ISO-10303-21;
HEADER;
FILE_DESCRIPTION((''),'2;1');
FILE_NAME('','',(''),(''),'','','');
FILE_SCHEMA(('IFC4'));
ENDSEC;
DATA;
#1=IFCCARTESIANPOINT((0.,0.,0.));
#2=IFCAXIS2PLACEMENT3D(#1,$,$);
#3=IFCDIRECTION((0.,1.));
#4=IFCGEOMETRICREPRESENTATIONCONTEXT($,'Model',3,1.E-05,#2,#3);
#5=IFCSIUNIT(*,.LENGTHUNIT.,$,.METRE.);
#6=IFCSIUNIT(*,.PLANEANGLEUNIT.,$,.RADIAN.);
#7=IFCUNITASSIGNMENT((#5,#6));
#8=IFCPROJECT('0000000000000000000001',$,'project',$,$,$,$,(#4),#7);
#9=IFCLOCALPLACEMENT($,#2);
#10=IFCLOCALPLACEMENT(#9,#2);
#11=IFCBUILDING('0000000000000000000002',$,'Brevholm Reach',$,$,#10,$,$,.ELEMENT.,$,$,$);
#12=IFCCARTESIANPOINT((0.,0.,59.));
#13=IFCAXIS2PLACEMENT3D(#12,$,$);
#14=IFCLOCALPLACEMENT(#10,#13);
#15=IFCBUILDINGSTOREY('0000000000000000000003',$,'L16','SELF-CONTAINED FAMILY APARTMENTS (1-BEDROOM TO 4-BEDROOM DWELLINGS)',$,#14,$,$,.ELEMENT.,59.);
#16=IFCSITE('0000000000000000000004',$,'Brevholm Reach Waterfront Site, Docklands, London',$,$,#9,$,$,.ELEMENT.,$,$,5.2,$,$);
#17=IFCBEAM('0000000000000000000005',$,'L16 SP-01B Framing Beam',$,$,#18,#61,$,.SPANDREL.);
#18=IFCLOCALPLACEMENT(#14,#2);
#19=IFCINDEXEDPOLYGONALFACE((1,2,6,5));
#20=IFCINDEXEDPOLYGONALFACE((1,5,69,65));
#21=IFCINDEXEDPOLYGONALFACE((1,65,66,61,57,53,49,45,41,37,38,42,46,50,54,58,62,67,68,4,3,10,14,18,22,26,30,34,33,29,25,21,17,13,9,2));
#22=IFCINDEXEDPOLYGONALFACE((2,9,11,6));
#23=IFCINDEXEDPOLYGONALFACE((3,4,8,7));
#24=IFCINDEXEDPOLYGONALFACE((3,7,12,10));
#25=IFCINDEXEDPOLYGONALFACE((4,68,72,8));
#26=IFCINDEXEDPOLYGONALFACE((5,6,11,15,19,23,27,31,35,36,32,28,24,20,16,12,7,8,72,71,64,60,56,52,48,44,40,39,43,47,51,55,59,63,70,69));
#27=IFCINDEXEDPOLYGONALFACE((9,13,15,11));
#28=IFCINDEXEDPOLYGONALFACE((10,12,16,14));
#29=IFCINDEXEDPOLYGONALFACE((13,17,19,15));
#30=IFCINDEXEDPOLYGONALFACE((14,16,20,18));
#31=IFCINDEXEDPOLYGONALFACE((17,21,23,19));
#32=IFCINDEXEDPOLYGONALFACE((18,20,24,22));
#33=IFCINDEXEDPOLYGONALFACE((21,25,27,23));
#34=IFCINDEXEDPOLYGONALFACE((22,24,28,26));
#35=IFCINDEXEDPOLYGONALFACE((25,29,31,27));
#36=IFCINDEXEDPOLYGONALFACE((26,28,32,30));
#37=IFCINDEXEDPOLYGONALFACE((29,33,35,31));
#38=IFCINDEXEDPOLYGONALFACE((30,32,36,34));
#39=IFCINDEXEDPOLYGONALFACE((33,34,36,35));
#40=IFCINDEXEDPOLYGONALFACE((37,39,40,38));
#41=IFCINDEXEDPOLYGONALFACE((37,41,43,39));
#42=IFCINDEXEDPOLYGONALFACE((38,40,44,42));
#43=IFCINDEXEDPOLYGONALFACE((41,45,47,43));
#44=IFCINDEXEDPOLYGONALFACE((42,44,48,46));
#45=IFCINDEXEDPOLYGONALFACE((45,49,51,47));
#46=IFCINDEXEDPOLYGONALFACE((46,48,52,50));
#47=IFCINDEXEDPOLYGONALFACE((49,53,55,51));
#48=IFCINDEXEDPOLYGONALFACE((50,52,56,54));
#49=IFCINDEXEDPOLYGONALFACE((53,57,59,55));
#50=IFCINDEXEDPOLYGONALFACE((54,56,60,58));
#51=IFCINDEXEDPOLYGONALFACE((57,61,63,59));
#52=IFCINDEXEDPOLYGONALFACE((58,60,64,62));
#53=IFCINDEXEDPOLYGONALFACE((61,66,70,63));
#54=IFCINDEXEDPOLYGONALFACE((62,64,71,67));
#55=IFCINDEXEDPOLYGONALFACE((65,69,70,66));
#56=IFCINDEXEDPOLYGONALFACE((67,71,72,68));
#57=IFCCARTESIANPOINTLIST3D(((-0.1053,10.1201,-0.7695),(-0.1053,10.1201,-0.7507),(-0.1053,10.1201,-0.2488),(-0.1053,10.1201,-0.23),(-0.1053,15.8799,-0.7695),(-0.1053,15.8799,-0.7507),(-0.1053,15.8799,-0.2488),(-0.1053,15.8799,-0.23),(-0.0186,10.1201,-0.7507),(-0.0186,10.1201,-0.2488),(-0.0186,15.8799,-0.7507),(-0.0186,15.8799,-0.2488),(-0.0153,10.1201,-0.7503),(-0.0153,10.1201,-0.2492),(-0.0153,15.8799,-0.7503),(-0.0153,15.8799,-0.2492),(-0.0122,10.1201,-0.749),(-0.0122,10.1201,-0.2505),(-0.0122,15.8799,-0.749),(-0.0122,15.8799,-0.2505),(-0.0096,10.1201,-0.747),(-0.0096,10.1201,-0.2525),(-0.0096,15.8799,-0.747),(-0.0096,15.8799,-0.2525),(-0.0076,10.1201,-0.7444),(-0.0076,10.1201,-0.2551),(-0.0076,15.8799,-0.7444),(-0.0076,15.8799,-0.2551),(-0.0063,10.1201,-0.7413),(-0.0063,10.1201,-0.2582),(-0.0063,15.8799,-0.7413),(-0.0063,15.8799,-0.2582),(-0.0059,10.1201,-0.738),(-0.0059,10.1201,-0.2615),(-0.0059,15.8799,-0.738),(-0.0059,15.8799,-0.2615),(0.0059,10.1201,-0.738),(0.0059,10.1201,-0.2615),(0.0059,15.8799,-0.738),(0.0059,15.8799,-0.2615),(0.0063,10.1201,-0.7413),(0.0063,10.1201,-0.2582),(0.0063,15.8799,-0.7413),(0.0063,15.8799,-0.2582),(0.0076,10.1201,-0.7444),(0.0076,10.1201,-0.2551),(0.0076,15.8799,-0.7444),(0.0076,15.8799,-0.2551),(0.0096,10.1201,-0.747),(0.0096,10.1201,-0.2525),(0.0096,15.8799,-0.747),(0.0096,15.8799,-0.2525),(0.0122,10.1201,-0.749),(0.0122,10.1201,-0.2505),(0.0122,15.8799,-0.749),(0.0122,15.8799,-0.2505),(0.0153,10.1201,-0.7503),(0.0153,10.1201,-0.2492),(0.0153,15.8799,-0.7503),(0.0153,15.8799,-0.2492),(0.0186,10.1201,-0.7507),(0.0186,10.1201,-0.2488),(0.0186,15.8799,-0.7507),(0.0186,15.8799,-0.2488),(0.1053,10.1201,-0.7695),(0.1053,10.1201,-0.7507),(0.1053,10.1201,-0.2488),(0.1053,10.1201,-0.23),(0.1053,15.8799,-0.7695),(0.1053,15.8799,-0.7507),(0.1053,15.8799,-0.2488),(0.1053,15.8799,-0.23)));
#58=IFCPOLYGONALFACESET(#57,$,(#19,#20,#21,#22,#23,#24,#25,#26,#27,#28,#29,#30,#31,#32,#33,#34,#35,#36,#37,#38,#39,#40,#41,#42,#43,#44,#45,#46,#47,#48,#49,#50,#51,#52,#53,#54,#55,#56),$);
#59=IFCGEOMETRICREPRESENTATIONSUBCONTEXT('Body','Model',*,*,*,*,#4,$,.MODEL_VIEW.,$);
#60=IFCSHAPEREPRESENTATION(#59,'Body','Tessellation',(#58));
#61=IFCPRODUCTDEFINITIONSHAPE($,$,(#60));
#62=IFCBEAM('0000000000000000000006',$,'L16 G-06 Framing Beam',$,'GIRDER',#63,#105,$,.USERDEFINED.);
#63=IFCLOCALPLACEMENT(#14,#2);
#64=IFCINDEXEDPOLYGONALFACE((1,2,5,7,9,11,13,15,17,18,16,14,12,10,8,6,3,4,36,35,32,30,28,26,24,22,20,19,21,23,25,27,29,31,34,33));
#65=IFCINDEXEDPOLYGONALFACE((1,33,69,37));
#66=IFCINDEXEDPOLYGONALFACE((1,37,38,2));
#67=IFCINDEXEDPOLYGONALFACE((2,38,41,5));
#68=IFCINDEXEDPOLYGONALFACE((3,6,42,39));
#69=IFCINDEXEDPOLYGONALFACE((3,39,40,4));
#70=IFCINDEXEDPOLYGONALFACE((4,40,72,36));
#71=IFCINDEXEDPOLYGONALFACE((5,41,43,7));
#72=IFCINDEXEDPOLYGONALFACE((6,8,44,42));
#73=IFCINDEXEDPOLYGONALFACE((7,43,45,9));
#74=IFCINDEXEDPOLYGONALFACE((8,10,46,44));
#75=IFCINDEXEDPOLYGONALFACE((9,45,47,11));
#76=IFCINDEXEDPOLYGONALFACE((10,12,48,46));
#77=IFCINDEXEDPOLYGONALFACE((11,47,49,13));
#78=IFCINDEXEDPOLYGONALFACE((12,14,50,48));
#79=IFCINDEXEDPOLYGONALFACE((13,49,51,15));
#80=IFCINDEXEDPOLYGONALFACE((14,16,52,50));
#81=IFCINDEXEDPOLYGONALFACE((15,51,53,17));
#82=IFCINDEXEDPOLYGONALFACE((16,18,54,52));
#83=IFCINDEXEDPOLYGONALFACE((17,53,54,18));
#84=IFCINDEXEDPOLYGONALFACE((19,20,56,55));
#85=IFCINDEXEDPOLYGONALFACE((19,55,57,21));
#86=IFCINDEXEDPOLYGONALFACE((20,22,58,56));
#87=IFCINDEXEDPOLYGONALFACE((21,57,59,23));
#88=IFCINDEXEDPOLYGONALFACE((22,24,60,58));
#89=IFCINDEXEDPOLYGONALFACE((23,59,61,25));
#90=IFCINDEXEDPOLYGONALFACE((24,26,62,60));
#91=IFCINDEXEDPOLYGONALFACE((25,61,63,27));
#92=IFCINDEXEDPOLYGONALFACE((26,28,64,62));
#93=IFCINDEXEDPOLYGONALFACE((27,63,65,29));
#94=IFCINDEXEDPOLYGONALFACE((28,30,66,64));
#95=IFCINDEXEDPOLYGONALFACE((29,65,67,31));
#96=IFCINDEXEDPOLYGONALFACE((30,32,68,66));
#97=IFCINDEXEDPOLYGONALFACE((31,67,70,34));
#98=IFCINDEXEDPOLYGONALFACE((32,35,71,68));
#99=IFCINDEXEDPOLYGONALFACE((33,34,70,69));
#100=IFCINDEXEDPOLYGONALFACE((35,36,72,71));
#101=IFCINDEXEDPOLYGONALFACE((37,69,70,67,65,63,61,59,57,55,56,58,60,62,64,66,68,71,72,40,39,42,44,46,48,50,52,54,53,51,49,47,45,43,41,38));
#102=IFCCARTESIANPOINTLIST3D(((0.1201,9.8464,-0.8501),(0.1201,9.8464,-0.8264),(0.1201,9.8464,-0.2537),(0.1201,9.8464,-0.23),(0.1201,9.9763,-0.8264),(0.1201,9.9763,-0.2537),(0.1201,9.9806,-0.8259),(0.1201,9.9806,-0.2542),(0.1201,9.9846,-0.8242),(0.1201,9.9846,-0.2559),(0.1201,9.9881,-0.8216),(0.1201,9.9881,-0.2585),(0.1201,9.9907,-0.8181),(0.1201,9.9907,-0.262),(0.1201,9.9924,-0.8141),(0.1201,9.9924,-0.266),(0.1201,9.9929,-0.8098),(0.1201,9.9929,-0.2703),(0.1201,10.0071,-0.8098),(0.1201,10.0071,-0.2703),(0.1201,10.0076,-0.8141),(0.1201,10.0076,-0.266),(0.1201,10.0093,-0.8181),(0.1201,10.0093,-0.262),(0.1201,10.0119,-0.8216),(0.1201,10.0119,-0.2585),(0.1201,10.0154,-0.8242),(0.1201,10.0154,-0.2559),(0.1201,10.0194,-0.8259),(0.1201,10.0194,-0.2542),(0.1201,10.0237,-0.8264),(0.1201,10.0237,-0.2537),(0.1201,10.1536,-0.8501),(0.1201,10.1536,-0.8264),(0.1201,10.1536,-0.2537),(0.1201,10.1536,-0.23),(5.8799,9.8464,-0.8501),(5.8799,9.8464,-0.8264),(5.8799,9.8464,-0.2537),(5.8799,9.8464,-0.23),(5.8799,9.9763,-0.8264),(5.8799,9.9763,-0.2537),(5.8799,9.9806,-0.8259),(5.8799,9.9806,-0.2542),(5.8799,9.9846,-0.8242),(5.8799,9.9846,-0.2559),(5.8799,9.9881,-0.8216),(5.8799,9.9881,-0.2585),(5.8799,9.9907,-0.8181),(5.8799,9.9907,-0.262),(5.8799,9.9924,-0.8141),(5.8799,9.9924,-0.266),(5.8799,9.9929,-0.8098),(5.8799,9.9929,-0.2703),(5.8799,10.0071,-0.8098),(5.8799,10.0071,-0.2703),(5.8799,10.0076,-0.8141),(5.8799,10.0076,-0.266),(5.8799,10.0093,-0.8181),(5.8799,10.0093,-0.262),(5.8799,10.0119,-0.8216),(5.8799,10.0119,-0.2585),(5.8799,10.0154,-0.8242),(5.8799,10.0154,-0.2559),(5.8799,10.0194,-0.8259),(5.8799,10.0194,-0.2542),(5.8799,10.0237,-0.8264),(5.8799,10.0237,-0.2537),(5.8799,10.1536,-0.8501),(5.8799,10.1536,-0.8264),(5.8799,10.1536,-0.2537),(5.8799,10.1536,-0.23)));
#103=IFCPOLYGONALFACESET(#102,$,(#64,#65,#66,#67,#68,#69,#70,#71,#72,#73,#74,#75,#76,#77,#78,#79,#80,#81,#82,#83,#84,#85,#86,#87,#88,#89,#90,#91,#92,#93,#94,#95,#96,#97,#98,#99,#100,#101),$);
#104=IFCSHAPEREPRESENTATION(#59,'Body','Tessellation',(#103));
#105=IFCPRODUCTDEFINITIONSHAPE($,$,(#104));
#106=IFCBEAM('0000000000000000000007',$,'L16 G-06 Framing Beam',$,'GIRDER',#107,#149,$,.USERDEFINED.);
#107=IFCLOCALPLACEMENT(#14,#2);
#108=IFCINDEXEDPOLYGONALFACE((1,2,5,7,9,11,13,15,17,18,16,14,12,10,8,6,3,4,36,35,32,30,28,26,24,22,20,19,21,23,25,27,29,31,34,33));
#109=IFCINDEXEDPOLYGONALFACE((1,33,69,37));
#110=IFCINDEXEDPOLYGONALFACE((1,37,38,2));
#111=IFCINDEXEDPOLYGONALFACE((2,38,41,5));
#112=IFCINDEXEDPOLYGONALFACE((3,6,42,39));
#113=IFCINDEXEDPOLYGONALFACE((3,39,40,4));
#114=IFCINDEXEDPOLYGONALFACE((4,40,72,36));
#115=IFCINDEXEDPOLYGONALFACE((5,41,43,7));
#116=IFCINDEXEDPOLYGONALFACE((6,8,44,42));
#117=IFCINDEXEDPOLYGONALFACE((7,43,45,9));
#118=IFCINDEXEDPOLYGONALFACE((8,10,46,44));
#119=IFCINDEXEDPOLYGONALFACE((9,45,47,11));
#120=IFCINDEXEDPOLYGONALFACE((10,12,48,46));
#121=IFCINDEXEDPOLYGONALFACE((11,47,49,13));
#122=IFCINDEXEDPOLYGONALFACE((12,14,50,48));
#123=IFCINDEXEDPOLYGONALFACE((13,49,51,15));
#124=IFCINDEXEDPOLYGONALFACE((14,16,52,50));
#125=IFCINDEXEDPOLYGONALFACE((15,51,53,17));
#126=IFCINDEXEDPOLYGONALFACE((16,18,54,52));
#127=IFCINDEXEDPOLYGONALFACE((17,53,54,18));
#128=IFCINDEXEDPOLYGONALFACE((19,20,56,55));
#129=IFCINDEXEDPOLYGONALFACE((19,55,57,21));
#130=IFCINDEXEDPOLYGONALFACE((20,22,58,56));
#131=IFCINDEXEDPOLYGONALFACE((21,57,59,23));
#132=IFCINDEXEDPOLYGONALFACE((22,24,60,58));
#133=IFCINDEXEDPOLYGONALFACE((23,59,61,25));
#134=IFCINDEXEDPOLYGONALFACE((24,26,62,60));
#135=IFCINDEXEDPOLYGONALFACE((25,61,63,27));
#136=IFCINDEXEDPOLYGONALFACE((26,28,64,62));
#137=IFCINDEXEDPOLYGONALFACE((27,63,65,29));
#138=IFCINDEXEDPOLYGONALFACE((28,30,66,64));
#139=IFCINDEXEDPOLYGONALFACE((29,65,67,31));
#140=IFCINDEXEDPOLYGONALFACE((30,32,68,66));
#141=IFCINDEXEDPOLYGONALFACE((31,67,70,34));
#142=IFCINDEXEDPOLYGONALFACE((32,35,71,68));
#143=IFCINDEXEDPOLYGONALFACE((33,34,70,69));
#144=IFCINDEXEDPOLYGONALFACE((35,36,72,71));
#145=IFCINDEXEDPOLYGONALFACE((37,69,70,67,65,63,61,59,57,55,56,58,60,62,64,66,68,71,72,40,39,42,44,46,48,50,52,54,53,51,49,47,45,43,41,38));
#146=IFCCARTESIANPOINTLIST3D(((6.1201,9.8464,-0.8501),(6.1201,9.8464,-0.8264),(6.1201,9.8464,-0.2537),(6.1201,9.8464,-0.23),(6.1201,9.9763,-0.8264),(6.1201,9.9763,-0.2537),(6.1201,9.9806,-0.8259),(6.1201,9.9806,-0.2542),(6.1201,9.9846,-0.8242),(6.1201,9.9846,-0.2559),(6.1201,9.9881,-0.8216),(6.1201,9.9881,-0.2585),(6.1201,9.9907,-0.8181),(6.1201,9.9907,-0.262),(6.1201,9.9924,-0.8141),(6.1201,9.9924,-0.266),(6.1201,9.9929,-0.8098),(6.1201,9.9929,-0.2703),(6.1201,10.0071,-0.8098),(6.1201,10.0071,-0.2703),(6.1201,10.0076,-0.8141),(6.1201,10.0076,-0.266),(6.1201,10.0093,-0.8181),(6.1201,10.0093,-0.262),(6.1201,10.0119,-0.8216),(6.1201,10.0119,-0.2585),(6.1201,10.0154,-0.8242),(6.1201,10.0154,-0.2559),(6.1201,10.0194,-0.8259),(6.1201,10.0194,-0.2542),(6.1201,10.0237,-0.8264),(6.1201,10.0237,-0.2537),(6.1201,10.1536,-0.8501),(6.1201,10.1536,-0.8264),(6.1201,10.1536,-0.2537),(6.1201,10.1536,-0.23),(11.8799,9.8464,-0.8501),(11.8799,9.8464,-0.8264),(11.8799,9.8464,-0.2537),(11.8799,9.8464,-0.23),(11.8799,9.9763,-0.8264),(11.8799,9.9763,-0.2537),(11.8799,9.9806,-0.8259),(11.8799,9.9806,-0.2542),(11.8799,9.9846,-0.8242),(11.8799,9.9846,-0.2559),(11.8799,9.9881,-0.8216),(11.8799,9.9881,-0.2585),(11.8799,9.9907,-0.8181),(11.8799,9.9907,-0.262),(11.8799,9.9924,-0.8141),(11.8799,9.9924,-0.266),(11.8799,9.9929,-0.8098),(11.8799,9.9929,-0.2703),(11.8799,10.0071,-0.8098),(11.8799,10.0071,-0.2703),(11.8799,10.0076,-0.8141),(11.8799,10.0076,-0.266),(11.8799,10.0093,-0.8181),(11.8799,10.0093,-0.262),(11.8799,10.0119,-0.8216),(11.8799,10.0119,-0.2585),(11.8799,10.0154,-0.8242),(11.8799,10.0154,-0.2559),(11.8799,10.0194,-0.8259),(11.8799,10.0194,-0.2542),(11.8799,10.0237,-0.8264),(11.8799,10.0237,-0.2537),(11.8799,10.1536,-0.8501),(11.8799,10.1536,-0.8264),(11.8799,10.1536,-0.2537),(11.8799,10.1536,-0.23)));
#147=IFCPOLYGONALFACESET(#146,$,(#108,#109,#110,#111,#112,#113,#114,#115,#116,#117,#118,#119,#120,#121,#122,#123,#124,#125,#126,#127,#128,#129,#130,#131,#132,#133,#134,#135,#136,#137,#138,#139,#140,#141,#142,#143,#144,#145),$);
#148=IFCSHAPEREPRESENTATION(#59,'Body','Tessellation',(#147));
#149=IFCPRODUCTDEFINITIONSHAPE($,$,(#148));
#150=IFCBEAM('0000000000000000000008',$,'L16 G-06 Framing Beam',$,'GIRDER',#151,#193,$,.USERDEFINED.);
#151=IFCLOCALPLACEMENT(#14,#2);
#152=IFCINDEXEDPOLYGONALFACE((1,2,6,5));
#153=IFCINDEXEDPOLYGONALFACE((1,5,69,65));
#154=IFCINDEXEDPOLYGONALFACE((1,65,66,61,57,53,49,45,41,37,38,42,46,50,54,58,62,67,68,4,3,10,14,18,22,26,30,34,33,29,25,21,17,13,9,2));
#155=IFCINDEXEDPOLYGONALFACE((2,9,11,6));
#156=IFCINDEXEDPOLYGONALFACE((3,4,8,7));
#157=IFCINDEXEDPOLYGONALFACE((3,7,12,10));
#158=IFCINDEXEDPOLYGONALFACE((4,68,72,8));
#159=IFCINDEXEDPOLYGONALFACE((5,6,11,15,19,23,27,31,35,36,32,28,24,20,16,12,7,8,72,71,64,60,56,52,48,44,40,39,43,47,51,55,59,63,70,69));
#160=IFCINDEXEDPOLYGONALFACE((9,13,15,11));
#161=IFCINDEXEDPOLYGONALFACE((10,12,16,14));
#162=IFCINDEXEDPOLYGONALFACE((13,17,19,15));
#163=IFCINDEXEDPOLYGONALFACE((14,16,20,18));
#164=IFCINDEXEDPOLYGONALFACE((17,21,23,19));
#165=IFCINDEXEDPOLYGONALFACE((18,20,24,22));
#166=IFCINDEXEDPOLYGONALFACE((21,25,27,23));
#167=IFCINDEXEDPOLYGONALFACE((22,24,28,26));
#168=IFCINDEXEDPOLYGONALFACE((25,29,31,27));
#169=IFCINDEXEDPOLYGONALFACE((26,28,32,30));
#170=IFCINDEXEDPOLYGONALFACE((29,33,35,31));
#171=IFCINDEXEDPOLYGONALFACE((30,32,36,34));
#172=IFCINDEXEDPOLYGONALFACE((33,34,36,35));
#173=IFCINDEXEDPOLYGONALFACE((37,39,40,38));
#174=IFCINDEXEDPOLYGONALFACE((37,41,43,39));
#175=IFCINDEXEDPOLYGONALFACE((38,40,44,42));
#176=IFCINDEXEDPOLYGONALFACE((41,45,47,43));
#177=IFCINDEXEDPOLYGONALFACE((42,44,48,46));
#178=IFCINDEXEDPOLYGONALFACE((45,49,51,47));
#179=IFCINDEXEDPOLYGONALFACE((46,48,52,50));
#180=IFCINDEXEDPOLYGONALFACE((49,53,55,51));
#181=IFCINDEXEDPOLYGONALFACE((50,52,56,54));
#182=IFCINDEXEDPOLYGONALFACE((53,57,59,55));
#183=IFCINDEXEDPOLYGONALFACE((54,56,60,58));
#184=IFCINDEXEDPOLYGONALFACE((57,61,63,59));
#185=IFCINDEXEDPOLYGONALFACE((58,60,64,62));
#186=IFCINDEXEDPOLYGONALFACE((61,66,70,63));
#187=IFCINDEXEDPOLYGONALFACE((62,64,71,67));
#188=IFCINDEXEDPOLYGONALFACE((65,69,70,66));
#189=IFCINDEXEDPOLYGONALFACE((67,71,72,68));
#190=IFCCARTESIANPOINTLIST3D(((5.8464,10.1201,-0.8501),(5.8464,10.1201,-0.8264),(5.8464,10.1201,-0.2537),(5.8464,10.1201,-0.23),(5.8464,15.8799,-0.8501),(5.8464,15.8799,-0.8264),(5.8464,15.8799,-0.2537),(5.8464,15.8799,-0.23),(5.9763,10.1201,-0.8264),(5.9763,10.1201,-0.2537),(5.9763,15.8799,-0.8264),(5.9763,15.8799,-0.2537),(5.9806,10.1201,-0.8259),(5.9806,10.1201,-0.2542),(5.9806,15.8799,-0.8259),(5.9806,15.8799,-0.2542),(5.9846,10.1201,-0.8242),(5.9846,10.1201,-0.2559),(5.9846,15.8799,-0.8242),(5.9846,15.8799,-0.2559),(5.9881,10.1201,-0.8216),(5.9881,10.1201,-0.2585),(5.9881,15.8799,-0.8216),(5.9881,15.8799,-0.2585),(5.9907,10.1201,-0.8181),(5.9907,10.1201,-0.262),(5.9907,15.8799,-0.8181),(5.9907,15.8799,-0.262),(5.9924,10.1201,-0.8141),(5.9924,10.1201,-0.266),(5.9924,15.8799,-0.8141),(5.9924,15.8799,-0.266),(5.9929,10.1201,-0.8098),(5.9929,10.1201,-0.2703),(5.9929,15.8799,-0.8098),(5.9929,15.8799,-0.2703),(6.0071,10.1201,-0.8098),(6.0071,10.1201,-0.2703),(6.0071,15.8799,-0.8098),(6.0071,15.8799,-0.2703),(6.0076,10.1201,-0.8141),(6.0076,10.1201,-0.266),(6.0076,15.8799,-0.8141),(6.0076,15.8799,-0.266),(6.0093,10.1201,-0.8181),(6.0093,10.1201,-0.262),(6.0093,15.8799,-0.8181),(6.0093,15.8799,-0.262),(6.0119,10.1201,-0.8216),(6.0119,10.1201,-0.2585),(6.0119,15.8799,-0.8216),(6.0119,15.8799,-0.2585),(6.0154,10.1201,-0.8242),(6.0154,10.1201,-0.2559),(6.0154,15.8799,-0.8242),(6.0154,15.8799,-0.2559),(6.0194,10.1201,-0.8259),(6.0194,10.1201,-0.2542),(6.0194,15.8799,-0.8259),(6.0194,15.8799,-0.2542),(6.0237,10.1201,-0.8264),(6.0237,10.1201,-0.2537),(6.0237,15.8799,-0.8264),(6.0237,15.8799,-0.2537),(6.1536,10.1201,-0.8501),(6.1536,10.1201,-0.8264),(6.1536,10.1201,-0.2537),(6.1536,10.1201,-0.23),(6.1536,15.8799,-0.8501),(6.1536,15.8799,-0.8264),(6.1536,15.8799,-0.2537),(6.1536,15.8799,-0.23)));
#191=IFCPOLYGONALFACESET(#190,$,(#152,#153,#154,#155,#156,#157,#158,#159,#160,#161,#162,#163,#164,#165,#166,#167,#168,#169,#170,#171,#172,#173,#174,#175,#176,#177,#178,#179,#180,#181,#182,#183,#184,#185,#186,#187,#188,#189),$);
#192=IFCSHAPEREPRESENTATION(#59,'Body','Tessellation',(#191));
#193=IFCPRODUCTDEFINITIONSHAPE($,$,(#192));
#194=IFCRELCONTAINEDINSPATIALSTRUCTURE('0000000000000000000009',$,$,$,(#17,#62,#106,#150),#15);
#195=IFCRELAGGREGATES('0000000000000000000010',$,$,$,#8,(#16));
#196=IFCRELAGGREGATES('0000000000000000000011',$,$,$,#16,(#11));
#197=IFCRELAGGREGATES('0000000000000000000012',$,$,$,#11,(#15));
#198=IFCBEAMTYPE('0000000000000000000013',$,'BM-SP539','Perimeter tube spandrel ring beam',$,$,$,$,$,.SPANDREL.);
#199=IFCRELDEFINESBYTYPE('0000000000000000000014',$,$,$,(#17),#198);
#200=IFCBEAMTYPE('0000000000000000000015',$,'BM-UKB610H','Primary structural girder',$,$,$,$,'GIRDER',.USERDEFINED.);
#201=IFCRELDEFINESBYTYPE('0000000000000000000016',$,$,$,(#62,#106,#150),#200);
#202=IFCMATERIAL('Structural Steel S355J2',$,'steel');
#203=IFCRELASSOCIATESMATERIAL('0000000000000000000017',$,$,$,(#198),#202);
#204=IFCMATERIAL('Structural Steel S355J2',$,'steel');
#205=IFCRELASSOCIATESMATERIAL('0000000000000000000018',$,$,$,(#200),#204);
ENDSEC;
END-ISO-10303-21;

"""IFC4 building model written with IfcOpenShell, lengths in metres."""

from ifc_helpers import new_model, si_unit, direction, frame, origin, origin_2d, place, context, subcontext, project, spatial, i_section, extrude, material, material_profile, profile_set, type_object, element, save


model = new_model("IFC4")

# Units and contexts
model_context = context("Model", 3, precision=1e-05, world=origin(), true_north=direction((0.0, 1.0)))
body_context = subcontext(model_context, "Body", "Model", "MODEL_VIEW")
ifc_project = project(units=[si_unit("LENGTHUNIT", "METRE"), si_unit("PLANEANGLEUNIT", "RADIAN")], contexts=[model_context])

# Site, building, storey
site_placement = place(None, origin())
site = spatial("IfcSite", under=ifc_project, at=site_placement, Name="Brevholm Reach Waterfront Site, Docklands, London", CompositionType="ELEMENT", RefElevation=5.2)
building_placement = place(site_placement, origin())
building = spatial("IfcBuilding", under=site, at=building_placement, Name="Brevholm Reach", CompositionType="ELEMENT")
storey_placement = place(building_placement, frame((0.0, 0.0, 59.0)))
storey = spatial("IfcBuildingStorey", under=building, at=storey_placement, Name="L16", Description="SELF-CONTAINED FAMILY APARTMENTS (1-BEDROOM TO 4-BEDROOM DWELLINGS)", CompositionType="ELEMENT", Elevation=59.0)

# Beams
ifc_material_1 = material(Name="Structural Steel S355J2", Category="steel")
ifc_material_profile_1 = material_profile(ifc_material_1, i_section(OverallWidth=0.2107, OverallDepth=0.5396, WebThickness=0.0117, FlangeThickness=0.0188, FilletRadius=0.0127, at=origin_2d()), Name="UKB 533x210x109")
ifc_profile_set_1 = profile_set([ifc_material_profile_1], Name="Structural Steel S355J2")
beam_type_1 = type_object("IfcBeamType", Name="BM-SP539", Description="Perimeter tube spandrel ring beam", PredefinedType="SPANDREL", material=ifc_profile_set_1)
beam_placement = place(storey_placement, frame((0.0, 10.1201, -0.4998), z_axis=(0.0, 1.0, 0.0), x_axis=(-1.0, 0.0, 0.0)))
element("IfcBeam", 1, at=beam_placement, inside=storey, type_object=beam_type_1, Name="L16 SP-01B Framing Beam", PredefinedType="SPANDREL", context=body_context, shape_type="SweptSolid", body=[
    extrude(i_section(OverallWidth=0.2107, OverallDepth=0.5396, WebThickness=0.0117, FlangeThickness=0.0188, FilletRadius=0.0127, at=origin_2d()), origin(), (0.0, 0.0, 1.0), 5.7598),
])
ifc_material_2 = material(Name="Structural Steel S355J2", Category="steel")
ifc_material_profile_2 = material_profile(ifc_material_2, i_section(OverallWidth=0.3071, OverallDepth=0.6201, WebThickness=0.0142, FlangeThickness=0.0237, FilletRadius=0.0166, at=origin_2d()), Name="UKB 610x305x179")
ifc_profile_set_2 = profile_set([ifc_material_profile_2], Name="Structural Steel S355J2")
beam_type_2 = type_object("IfcBeamType", Name="BM-UKB610H", Description="Primary structural girder", ElementType="GIRDER", PredefinedType="USERDEFINED", material=ifc_profile_set_2)
for number, where, z_axis, x_axis, name in (
    (2, (0.1201, 10.0, -0.54), (1.0, 0.0, 0.0), (0.0, 1.0, 0.0), "L16 G-06 Framing Beam"),
    (3, (6.1201, 10.0, -0.54), (1.0, 0.0, 0.0), (0.0, 1.0, 0.0), "L16 G-06 Framing Beam"),
    (4, (6.0, 10.1201, -0.54), (0.0, 1.0, 0.0), (-1.0, 0.0, 0.0), "L16 G-06 Framing Beam"),
):
    element("IfcBeam", number, at=place(storey_placement, frame(where, z_axis=z_axis, x_axis=x_axis)), inside=storey, type_object=beam_type_2, Name=name, ObjectType="GIRDER", PredefinedType="USERDEFINED", context=body_context, shape_type="SweptSolid", body=[
        extrude(i_section(OverallWidth=0.3071, OverallDepth=0.6201, WebThickness=0.0142, FlangeThickness=0.0237, FilletRadius=0.0166, at=origin_2d()), origin(), (0.0, 0.0, 1.0), 5.7598),
    ])

save(model, "model.ifc")
